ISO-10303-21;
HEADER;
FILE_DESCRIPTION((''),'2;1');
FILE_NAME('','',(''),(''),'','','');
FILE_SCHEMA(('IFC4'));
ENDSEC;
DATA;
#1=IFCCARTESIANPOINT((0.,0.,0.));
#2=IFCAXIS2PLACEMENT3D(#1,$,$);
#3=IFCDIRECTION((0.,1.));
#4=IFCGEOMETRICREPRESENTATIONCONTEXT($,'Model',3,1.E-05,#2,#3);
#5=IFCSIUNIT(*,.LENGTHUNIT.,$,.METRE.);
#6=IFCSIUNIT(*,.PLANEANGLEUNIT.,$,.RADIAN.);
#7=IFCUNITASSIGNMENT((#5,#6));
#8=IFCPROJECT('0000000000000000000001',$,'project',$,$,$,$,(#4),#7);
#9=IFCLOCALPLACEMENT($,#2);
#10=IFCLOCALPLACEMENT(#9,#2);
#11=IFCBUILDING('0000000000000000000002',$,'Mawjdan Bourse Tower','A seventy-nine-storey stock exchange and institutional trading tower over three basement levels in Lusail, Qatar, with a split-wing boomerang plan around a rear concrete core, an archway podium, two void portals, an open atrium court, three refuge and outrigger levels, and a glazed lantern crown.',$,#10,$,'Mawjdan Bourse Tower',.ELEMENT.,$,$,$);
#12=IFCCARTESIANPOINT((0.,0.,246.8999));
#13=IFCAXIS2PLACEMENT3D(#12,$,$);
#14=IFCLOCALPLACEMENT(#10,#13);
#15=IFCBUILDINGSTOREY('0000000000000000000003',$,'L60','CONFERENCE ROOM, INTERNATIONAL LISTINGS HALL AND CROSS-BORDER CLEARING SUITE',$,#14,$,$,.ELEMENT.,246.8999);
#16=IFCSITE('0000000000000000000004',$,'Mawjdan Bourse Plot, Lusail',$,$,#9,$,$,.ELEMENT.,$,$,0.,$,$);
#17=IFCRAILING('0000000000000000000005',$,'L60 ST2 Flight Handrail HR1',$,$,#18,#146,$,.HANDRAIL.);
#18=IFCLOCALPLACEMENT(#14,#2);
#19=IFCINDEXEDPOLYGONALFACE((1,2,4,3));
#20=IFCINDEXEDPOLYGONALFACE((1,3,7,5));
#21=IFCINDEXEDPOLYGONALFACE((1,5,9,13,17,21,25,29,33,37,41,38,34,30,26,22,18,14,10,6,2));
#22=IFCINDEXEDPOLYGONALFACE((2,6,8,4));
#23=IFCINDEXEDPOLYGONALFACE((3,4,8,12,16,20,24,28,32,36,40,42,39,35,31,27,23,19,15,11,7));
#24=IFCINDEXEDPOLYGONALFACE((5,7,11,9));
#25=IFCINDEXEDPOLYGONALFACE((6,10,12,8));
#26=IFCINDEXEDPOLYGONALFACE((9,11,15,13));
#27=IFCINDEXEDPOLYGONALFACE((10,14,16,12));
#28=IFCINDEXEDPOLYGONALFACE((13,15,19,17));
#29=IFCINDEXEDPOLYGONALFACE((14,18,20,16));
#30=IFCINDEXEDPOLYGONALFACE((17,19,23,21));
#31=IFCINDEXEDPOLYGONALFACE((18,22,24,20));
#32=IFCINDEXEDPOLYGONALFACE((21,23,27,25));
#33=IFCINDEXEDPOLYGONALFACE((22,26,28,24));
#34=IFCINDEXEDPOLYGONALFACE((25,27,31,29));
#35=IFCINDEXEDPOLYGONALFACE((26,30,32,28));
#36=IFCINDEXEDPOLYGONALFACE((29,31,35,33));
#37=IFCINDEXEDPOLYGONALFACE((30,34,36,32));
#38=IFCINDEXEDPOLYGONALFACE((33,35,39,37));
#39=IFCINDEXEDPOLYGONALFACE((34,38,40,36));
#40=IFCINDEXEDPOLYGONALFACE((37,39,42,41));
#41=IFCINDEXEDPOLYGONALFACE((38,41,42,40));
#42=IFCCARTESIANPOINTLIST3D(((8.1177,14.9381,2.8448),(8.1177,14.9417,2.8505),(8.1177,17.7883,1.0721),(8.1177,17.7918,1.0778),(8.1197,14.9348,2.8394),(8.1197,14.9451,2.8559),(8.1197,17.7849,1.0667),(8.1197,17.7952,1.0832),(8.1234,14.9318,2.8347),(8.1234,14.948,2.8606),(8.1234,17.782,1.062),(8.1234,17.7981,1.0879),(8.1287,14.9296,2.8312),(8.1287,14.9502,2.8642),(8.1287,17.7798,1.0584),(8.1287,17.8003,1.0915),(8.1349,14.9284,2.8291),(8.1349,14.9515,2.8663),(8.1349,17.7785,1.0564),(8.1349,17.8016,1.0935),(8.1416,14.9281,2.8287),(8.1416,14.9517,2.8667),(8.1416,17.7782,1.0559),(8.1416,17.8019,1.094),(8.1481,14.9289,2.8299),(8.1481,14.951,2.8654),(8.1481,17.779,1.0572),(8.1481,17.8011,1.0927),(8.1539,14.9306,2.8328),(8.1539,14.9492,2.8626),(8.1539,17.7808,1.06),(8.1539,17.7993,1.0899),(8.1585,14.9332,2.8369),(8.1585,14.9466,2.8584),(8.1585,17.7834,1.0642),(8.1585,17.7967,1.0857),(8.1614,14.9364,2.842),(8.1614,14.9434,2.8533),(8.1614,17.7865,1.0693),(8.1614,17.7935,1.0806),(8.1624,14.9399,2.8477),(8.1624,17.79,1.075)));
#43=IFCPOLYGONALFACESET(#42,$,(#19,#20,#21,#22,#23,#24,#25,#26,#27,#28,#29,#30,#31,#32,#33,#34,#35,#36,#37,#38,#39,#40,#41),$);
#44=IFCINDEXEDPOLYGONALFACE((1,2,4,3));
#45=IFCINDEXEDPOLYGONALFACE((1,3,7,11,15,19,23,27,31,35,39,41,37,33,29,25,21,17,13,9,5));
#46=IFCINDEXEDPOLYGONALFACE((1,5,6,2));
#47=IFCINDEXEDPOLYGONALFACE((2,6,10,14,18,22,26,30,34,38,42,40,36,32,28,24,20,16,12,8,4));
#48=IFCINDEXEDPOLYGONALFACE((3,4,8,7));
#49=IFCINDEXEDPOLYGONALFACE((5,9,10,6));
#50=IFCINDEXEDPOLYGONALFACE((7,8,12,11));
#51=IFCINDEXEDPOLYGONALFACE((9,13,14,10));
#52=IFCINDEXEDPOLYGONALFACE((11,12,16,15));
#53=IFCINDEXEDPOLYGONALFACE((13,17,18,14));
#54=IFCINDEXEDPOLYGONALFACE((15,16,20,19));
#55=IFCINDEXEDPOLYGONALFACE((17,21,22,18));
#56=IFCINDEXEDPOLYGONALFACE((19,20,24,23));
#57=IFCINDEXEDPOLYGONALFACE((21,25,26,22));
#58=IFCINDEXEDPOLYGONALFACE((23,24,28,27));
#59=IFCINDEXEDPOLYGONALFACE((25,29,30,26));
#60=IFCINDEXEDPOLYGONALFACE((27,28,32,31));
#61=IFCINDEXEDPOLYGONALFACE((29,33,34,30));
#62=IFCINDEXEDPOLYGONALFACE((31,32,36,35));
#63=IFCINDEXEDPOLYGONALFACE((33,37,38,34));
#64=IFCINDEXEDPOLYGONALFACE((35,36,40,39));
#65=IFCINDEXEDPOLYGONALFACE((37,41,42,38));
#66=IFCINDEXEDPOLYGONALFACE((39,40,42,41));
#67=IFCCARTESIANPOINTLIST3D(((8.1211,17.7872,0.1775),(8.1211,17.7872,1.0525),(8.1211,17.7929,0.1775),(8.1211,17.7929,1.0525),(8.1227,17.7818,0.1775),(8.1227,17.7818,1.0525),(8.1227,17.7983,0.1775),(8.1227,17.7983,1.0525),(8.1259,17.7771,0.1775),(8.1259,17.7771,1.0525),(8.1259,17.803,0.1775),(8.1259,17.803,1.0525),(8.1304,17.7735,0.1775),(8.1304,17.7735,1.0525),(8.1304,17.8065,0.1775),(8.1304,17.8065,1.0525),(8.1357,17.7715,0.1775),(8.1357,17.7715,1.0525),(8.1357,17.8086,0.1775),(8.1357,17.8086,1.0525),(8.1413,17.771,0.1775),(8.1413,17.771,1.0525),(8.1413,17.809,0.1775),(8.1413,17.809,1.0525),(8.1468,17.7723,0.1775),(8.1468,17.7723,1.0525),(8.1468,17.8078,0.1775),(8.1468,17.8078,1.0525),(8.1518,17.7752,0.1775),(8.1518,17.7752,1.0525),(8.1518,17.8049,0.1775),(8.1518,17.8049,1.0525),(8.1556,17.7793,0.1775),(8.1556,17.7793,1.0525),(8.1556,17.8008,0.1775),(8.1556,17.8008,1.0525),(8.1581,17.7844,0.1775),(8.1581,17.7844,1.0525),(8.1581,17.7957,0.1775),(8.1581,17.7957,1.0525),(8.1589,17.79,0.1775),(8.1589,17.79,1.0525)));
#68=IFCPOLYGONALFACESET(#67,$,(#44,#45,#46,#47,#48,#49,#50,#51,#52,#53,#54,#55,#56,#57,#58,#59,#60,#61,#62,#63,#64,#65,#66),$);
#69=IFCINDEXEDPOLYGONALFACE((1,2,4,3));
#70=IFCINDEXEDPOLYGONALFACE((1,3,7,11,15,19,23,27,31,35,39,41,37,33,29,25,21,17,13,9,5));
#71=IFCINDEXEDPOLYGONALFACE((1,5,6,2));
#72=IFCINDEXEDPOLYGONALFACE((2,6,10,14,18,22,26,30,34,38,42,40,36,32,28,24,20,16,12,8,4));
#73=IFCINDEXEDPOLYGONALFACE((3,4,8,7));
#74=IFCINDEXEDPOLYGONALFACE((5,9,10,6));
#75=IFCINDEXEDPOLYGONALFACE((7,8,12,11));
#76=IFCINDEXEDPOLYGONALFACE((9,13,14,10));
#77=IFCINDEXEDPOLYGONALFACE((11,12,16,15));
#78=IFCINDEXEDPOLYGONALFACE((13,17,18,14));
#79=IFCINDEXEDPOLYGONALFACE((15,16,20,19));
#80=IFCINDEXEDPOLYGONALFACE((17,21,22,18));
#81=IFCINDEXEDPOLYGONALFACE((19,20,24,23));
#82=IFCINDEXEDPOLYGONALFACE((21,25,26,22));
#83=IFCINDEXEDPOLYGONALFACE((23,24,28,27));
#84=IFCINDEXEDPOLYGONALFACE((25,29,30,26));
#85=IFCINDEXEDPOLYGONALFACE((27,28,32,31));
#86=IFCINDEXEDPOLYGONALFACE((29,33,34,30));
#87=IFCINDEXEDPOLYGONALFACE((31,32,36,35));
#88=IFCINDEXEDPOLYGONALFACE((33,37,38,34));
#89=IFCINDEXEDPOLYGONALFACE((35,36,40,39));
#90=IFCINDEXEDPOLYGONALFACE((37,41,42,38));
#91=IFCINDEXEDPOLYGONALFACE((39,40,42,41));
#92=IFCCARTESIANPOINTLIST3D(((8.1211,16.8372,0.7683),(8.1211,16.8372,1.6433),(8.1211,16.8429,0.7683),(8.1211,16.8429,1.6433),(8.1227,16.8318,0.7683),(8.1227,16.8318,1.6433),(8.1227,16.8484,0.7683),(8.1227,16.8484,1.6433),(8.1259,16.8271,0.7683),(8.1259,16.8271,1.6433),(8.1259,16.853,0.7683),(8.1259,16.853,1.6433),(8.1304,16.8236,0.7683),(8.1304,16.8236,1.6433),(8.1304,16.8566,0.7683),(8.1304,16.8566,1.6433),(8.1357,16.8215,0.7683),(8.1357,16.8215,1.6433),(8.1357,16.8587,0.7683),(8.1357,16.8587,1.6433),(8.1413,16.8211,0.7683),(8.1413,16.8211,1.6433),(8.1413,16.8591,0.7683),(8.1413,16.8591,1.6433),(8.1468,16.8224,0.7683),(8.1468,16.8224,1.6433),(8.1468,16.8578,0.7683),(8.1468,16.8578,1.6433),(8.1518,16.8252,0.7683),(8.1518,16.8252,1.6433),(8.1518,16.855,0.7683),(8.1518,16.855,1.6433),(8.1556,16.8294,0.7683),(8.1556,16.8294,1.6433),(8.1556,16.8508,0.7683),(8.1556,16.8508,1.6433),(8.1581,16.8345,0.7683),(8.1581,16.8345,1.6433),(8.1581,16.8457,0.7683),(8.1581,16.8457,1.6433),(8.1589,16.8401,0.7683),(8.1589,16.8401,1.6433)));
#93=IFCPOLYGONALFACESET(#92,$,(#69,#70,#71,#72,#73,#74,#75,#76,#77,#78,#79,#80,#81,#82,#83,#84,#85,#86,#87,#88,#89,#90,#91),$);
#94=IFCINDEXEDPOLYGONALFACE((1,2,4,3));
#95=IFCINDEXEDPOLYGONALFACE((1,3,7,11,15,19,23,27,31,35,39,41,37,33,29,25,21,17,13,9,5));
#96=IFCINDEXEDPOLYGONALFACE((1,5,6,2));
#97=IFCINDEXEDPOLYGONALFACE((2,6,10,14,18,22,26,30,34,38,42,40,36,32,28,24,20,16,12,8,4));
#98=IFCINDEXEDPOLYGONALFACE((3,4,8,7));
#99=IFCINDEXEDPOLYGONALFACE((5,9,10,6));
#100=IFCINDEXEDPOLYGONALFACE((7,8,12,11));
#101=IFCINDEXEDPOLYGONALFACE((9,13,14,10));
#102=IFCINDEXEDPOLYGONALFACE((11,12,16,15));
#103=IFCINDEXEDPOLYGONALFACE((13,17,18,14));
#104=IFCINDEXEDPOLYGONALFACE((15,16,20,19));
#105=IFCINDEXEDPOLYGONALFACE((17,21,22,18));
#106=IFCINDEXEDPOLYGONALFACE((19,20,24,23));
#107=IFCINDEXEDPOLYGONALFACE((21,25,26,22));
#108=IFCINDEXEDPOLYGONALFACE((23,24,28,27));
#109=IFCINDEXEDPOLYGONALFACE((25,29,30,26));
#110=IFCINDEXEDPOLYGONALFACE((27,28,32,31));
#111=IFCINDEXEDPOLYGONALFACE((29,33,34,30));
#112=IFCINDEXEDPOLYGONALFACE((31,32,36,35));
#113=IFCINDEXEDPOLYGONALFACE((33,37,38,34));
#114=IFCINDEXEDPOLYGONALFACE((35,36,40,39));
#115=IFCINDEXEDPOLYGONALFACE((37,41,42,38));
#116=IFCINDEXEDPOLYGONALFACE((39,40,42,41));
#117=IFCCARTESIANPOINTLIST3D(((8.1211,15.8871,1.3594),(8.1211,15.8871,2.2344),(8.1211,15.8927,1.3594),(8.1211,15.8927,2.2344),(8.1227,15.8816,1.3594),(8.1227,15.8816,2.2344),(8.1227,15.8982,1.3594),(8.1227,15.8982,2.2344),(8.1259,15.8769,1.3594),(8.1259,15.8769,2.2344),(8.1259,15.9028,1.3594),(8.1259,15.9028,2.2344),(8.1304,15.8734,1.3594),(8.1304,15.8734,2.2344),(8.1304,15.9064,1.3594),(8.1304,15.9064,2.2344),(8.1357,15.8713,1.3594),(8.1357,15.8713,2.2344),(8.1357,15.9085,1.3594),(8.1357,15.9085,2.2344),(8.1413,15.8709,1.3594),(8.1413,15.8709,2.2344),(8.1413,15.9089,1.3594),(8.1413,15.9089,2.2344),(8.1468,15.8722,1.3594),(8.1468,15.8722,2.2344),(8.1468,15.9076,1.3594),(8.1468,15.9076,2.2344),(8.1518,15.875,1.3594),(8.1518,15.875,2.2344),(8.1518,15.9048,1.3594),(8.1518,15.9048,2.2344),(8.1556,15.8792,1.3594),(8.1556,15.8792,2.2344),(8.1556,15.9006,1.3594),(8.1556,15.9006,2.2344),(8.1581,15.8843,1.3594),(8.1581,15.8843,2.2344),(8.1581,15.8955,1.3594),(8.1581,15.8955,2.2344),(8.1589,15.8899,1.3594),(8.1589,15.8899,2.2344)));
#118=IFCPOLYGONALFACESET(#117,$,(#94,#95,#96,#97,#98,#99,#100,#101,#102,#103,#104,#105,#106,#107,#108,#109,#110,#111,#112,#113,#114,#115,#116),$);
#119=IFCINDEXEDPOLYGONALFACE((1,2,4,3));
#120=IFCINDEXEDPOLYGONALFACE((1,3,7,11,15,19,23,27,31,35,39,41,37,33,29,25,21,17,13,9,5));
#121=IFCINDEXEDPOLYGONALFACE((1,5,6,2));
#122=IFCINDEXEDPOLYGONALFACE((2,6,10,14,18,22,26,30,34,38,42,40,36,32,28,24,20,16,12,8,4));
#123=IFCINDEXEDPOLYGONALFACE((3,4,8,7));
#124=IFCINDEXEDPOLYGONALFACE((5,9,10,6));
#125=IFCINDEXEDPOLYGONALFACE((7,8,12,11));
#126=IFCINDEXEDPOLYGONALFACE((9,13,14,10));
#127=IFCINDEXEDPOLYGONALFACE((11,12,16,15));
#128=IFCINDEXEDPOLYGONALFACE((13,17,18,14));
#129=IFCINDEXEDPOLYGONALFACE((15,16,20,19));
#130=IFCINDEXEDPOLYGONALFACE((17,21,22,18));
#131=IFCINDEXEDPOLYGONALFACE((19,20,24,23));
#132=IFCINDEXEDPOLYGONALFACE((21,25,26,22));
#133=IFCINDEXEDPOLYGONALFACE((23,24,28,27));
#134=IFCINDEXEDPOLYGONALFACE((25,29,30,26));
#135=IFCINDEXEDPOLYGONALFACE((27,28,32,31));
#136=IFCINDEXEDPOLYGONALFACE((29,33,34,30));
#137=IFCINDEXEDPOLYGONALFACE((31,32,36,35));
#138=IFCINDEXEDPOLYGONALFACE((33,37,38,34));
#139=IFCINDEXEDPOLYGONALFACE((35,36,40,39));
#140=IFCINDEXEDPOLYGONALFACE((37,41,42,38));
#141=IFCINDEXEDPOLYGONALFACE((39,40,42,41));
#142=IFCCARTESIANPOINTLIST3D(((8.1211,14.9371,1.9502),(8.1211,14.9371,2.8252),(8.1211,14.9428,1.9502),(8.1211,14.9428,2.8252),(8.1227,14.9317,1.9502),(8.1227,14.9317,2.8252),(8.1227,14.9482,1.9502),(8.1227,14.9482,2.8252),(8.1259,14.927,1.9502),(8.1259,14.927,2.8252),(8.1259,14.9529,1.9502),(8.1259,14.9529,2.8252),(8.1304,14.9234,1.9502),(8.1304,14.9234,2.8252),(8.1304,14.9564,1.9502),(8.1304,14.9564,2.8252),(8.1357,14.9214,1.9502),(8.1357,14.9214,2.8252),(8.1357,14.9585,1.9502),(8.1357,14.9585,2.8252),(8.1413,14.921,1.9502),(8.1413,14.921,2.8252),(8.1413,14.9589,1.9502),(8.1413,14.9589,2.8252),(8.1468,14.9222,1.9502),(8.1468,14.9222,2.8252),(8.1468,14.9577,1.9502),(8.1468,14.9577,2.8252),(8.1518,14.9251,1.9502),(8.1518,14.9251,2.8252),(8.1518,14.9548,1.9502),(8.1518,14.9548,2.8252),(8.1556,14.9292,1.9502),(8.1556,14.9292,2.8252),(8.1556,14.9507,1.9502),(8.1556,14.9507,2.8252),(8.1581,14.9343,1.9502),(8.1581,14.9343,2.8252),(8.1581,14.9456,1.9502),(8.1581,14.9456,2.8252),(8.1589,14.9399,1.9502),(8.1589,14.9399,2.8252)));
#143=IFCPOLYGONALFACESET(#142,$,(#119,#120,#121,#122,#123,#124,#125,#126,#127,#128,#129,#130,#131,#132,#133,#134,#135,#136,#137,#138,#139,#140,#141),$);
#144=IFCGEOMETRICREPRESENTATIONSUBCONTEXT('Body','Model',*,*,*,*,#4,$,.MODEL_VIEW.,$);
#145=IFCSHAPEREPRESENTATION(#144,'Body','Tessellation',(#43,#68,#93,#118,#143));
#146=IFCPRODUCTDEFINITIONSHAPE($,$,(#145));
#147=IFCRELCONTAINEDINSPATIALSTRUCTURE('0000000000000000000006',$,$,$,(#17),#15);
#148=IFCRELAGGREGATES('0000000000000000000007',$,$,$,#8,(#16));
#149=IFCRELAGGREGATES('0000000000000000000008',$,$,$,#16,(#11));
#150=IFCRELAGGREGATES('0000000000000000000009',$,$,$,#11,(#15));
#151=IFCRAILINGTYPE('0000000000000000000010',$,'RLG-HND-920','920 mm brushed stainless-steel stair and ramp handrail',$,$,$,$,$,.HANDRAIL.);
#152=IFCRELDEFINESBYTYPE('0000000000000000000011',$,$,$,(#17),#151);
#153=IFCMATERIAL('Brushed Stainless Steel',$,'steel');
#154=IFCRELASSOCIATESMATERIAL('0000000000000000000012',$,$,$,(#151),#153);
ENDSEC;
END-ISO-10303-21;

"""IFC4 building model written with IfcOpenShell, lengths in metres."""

from ifc_helpers import new_model, si_unit, direction, frame, origin, origin_2d, place, context, subcontext, project, spatial, circle, extrude, material, type_object, element, save


model = new_model("IFC4")

# Units and contexts
model_context = context("Model", 3, precision=1e-05, world=origin(), true_north=direction((0.0, 1.0)))
body_context = subcontext(model_context, "Body", "Model", "MODEL_VIEW")
ifc_project = project(units=[si_unit("LENGTHUNIT", "METRE"), si_unit("PLANEANGLEUNIT", "RADIAN")], contexts=[model_context])

# Site, building, storey
site_placement = place(None, origin())
site = spatial("IfcSite", under=ifc_project, at=site_placement, Name="Mawjdan Bourse Plot, Lusail", CompositionType="ELEMENT", RefElevation=0.0)
building_placement = place(site_placement, origin())
building = spatial("IfcBuilding", under=site, at=building_placement, Name="Mawjdan Bourse Tower", Description="A seventy-nine-storey stock exchange and institutional trading tower over three basement levels in Lusail, Qatar, with a split-wing boomerang plan around a rear concrete core, an archway podium, two void portals, an open atrium court, three refuge and outrigger levels, and a glazed lantern crown.", LongName="Mawjdan Bourse Tower", CompositionType="ELEMENT")
storey_placement = place(building_placement, frame((0.0, 0.0, 246.8999)))
storey = spatial("IfcBuildingStorey", under=building, at=storey_placement, Name="L60", Description="CONFERENCE ROOM, INTERNATIONAL LISTINGS HALL AND CROSS-BORDER CLEARING SUITE", CompositionType="ELEMENT", Elevation=246.8999)

# Railing
ifc_material_1 = material(Name="Brushed Stainless Steel", Category="steel")
railing_type_1 = type_object("IfcRailingType", Name="RLG-HND-920", Description="920 mm brushed stainless-steel stair and ramp handrail", PredefinedType="HANDRAIL", material=ifc_material_1)
railing_1_placement = place(storey_placement, frame((8.1399, 17.79, 0.1775)))
element("IfcRailing", 1, at=railing_1_placement, inside=storey, type_object=railing_type_1, Name="L60 ST2 Flight Handrail HR1", PredefinedType="HANDRAIL", context=body_context, shape_type="SweptSolid", body=[
    extrude(circle(Radius=0.0225, at=origin_2d()), frame((0.0, 0.0, 0.8975), z_axis=(0.0, -0.849149, 0.528154), x_axis=(1.0, 0.0, 0.0)), (0.0, 0.0, 1.0), 3.3564),
    extrude(circle(Radius=0.019, at=origin_2d()), origin(), (0.0, 0.0, 1.0), 0.875),
    extrude(circle(Radius=0.019, at=origin_2d()), frame((0.0, -0.95, 0.5908)), (0.0, 0.0, 1.0), 0.875),
    extrude(circle(Radius=0.019, at=origin_2d()), frame((0.0, -1.9001, 1.1819)), (0.0, 0.0, 1.0), 0.875),
    extrude(circle(Radius=0.019, at=origin_2d()), frame((0.0, -2.8501, 1.7727)), (0.0, 0.0, 1.0), 0.875),
])

save(model, "model.ifc")
